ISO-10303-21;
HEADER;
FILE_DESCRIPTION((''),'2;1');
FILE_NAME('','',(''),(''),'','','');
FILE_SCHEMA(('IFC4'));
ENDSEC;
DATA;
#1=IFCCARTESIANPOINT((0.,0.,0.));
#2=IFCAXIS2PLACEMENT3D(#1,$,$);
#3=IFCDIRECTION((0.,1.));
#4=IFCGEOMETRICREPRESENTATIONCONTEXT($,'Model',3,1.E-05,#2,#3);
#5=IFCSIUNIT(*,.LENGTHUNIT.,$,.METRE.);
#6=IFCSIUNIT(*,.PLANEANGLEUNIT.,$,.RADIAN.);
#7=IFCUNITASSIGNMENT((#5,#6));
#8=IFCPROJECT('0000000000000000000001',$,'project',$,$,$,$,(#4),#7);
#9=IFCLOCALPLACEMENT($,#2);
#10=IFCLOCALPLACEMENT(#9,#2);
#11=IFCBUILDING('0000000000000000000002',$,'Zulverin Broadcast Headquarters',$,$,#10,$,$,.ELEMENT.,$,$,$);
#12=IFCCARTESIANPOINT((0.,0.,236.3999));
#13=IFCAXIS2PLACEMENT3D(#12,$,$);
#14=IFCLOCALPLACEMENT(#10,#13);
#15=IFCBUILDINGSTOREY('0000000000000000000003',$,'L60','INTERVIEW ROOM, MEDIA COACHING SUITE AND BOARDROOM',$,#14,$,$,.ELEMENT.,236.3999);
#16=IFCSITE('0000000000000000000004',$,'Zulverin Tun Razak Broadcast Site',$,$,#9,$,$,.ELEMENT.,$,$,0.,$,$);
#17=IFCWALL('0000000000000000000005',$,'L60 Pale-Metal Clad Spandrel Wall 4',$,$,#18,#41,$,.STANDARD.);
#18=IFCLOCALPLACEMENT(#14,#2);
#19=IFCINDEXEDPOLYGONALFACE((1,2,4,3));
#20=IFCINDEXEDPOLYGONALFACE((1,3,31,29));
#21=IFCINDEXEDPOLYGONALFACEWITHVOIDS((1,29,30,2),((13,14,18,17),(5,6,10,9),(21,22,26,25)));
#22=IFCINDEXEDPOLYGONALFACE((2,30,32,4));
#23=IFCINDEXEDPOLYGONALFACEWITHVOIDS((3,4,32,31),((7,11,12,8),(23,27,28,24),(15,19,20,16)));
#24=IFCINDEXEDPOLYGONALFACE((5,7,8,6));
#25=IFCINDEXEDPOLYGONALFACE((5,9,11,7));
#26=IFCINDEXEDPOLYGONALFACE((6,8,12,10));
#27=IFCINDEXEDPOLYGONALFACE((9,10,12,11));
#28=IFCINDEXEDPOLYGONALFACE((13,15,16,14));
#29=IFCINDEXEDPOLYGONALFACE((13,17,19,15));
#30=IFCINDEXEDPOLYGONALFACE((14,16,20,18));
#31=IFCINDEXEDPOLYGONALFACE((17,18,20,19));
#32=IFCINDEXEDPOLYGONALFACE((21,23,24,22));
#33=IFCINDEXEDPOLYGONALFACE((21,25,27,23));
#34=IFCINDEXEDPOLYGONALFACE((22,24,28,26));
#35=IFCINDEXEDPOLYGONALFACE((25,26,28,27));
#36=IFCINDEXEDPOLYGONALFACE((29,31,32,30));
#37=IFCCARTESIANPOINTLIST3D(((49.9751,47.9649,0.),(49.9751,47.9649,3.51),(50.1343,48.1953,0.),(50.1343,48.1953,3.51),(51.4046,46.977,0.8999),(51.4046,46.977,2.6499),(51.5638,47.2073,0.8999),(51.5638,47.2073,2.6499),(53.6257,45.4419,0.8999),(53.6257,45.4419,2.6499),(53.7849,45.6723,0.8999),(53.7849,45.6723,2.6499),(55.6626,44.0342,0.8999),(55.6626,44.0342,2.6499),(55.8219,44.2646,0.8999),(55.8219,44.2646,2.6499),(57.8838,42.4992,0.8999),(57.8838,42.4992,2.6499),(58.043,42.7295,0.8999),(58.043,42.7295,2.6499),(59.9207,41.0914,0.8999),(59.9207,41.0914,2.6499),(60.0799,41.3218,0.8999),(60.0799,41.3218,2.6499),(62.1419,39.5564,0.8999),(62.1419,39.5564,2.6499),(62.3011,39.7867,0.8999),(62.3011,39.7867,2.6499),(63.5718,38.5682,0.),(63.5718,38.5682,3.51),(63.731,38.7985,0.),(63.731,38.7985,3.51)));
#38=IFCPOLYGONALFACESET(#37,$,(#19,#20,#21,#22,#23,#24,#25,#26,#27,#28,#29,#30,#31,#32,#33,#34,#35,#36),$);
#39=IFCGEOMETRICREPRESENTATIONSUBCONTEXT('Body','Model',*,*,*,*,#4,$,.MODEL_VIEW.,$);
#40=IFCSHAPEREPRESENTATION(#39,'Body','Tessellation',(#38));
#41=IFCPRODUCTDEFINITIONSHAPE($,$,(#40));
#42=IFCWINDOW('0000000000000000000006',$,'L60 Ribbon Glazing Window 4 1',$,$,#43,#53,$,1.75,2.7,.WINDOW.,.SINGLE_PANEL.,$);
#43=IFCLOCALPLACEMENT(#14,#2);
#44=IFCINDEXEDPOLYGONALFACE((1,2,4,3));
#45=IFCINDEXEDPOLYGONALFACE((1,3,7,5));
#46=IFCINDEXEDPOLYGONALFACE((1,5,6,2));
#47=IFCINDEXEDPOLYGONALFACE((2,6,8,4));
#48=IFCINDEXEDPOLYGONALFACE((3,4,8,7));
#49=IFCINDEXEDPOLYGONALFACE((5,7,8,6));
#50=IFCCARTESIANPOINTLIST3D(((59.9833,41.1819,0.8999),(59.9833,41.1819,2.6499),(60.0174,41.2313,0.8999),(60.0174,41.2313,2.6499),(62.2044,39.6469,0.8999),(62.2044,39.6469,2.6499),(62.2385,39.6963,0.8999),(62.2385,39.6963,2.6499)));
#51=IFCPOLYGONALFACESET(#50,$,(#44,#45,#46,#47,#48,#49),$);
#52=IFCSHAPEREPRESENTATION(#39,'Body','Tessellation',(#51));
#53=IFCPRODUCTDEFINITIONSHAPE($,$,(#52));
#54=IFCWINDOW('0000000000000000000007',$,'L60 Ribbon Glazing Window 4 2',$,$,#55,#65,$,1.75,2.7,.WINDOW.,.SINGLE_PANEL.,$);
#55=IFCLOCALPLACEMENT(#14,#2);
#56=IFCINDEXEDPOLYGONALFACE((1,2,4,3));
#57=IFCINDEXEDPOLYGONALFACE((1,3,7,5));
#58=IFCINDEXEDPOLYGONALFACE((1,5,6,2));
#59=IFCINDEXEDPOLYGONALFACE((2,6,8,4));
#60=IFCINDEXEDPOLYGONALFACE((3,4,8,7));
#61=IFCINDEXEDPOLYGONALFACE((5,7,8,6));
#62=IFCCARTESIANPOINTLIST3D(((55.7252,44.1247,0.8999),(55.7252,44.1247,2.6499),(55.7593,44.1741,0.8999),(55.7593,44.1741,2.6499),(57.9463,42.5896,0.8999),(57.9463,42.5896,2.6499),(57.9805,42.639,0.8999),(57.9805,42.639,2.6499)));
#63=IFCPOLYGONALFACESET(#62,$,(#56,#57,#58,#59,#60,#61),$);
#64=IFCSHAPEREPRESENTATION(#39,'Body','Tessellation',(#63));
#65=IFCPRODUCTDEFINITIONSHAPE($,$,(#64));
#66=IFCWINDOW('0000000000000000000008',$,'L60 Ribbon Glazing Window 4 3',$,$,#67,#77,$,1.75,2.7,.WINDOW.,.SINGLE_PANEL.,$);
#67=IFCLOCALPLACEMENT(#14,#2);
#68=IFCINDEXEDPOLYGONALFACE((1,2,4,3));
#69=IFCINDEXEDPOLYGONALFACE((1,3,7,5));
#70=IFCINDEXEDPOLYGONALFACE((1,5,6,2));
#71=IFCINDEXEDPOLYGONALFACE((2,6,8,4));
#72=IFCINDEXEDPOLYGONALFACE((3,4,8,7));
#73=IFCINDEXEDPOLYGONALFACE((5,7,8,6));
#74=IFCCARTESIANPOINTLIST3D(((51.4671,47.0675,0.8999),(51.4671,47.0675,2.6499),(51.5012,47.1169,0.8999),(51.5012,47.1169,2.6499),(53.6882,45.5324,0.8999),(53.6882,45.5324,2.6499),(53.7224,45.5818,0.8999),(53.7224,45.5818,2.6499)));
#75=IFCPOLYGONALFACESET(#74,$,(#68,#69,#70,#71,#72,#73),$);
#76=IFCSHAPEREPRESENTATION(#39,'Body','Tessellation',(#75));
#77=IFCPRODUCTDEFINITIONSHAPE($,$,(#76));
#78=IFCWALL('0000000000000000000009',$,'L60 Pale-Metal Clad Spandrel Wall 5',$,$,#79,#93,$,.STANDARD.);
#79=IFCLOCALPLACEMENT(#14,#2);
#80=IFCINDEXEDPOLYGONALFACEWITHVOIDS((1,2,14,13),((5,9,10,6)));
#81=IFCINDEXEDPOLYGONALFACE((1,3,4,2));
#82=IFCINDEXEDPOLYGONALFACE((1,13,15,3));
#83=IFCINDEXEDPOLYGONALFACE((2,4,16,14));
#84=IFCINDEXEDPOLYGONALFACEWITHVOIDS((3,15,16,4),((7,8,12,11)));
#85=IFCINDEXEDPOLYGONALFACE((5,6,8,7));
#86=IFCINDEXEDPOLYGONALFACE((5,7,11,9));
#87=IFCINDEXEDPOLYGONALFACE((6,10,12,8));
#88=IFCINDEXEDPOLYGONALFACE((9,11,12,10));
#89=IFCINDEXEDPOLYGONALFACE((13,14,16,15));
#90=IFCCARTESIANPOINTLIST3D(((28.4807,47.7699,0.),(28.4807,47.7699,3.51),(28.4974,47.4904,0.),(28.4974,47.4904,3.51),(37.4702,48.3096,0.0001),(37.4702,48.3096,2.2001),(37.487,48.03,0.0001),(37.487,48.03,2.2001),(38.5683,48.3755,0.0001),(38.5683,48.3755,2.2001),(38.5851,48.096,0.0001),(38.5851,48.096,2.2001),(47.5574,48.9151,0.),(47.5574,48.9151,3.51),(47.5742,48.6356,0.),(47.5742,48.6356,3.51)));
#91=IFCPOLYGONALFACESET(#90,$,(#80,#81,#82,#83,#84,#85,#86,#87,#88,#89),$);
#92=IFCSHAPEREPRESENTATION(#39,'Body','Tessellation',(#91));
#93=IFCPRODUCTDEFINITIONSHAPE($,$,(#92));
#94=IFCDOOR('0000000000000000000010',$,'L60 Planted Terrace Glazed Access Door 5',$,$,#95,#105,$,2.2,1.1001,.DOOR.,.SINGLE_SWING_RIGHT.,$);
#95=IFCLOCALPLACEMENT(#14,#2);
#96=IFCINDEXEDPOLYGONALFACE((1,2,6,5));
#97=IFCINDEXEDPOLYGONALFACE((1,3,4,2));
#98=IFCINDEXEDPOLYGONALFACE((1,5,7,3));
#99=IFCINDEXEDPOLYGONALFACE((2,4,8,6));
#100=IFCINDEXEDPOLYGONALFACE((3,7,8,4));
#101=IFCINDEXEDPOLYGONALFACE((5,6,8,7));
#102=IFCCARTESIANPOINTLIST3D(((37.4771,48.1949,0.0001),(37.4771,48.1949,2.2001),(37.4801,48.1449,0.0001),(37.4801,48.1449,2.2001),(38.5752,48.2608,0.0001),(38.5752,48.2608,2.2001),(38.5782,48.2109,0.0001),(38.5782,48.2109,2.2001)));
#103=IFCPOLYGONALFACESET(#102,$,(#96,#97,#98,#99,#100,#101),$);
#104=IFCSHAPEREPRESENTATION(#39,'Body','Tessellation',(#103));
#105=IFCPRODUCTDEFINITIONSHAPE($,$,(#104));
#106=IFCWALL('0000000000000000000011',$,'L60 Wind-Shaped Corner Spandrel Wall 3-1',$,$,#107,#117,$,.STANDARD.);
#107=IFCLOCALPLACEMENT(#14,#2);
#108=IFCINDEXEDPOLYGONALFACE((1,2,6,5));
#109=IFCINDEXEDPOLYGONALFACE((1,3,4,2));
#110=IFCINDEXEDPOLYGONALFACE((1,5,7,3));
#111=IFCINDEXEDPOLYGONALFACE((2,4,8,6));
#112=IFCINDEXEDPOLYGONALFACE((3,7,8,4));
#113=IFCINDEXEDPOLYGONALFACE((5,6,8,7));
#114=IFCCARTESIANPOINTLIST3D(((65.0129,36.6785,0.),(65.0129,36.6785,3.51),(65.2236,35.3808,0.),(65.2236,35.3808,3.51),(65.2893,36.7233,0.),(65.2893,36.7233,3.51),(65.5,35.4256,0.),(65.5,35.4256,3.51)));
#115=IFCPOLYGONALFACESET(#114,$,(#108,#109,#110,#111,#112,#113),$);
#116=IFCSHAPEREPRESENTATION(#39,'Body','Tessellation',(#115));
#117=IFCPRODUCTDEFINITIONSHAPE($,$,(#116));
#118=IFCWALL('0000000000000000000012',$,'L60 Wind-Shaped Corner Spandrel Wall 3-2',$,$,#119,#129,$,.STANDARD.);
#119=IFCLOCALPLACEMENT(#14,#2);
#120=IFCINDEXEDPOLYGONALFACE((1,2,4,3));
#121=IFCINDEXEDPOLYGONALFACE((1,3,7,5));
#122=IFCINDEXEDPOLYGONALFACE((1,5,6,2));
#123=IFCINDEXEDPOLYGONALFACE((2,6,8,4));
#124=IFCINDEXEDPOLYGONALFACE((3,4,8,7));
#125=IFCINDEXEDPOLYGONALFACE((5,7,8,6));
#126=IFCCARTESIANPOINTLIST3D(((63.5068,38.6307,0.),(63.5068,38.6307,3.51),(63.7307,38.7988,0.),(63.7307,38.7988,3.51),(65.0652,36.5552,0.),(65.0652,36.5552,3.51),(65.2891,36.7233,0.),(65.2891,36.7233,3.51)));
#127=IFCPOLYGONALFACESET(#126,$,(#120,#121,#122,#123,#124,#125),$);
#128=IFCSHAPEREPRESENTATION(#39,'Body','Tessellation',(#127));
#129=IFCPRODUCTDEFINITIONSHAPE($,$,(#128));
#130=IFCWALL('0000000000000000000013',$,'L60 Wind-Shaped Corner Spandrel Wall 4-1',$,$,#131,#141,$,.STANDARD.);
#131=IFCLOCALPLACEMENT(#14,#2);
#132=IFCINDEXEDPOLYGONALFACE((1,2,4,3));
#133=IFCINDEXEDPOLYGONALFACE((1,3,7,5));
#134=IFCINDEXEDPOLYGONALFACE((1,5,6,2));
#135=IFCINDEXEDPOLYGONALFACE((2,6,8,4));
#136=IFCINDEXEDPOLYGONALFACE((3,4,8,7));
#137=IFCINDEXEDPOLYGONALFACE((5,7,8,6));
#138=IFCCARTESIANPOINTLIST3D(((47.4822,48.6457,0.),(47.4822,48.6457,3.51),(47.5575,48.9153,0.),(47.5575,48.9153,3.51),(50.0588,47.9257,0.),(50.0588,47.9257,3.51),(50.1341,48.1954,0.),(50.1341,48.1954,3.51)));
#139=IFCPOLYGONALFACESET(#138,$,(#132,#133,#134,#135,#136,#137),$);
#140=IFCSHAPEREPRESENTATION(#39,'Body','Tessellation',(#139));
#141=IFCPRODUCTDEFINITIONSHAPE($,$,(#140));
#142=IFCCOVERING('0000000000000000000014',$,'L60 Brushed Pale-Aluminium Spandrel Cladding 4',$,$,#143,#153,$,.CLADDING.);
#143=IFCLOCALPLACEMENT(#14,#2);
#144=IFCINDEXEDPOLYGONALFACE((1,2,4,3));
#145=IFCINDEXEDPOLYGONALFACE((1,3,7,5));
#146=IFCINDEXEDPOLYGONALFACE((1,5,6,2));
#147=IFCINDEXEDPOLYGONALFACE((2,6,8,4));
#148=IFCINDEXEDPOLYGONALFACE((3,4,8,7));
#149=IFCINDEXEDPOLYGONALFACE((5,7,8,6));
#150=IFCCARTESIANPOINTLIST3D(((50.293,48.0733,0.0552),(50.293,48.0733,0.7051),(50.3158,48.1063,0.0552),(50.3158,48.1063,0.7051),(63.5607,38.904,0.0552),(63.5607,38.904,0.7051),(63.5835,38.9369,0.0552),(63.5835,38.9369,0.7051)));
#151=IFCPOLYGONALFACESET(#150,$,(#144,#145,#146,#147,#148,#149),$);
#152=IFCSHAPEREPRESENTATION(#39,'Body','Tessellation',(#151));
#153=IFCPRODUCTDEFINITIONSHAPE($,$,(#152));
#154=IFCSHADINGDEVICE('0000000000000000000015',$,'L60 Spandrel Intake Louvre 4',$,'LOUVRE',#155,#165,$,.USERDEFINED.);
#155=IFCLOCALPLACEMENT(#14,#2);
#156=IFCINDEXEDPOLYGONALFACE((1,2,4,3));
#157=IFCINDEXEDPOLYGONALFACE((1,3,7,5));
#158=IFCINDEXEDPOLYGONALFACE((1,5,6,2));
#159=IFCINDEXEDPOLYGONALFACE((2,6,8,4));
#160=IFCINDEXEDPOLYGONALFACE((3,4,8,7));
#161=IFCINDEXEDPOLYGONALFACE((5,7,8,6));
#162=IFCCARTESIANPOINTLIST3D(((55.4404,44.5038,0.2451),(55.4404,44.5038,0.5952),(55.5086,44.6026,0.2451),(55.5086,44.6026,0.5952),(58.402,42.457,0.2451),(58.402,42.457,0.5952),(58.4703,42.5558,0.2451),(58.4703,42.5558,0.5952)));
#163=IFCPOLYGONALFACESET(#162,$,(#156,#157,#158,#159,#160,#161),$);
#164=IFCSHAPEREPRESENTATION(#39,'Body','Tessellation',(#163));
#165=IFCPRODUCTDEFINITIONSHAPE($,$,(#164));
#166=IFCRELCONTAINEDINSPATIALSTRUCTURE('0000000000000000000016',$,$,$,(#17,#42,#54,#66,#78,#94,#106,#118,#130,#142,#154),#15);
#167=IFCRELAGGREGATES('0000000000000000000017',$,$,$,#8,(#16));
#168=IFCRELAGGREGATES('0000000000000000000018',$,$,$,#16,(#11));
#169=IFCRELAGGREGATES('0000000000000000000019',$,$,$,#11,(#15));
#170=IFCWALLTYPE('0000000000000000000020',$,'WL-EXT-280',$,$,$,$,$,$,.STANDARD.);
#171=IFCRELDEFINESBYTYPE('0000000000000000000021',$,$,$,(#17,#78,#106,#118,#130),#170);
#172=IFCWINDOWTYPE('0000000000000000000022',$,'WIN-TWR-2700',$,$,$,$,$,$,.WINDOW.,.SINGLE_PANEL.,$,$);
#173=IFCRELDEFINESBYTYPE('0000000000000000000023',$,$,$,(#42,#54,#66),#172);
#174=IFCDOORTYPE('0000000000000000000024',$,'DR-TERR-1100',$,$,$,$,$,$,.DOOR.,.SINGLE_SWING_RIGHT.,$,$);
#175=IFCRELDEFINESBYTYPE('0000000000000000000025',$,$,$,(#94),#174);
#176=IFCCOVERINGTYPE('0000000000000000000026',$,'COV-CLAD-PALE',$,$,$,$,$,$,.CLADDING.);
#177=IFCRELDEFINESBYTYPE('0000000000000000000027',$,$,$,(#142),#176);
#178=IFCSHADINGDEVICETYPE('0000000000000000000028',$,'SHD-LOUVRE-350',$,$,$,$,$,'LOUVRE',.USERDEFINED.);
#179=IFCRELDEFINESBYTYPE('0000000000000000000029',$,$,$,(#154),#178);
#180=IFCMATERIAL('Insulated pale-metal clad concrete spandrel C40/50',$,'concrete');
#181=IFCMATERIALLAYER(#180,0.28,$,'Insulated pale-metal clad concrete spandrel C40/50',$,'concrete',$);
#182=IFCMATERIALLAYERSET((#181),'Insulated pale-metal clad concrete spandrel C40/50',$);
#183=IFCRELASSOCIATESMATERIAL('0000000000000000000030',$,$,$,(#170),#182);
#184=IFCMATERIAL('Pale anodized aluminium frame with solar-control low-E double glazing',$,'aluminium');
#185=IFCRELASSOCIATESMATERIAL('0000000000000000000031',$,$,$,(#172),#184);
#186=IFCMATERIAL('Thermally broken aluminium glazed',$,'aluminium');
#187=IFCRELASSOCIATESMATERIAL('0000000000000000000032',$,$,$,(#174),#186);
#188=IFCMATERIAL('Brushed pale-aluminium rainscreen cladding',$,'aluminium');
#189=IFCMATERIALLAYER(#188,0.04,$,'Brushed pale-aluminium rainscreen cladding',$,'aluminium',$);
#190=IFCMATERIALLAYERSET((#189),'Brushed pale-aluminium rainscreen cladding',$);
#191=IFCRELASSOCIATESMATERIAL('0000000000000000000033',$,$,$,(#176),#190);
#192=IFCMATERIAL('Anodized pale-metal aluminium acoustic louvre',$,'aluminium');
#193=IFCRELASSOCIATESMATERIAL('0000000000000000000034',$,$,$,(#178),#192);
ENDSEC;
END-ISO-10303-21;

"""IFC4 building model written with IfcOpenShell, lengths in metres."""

from ifc_helpers import new_model, si_unit, direction, frame, frame_2d, origin, origin_2d, place, context, subcontext, project, spatial, rectangle, extrude, material, layer, layer_set, type_object, element, fill, save


model = new_model("IFC4")

# Units and contexts
model_context = context("Model", 3, precision=1e-05, world=origin(), true_north=direction((0.0, 1.0)))
body_context = subcontext(model_context, "Body", "Model", "MODEL_VIEW")
ifc_project = project(units=[si_unit("LENGTHUNIT", "METRE"), si_unit("PLANEANGLEUNIT", "RADIAN")], contexts=[model_context])

# Site, building, storey
site_placement = place(None, origin())
site = spatial("IfcSite", under=ifc_project, at=site_placement, Name="Zulverin Tun Razak Broadcast Site", CompositionType="ELEMENT", RefElevation=0.0)
building_placement = place(site_placement, origin())
building = spatial("IfcBuilding", under=site, at=building_placement, Name="Zulverin Broadcast Headquarters", CompositionType="ELEMENT")
storey_placement = place(building_placement, frame((0.0, 0.0, 236.3999)))
storey = spatial("IfcBuildingStorey", under=building, at=storey_placement, Name="L60", Description="INTERVIEW ROOM, MEDIA COACHING SUITE AND BOARDROOM", CompositionType="ELEMENT", Elevation=236.3999)

# Wall, openings, windows
ifc_material_1 = material(Name="Insulated pale-metal clad concrete spandrel C40/50", Category="concrete")
ifc_layer_1 = layer(ifc_material_1, 0.28, Name="Insulated pale-metal clad concrete spandrel C40/50", Category="concrete")
ifc_layer_set_1 = layer_set([ifc_layer_1], Name="Insulated pale-metal clad concrete spandrel C40/50")
wall_type = type_object("IfcWallType", Name="WL-EXT-280", PredefinedType="STANDARD", material=ifc_layer_set_1)
wall_1_placement = place(storey_placement, frame((63.6514, 38.6833, 0.0), z_axis=(0.0, 0.0, 1.0), x_axis=(-0.822655, 0.568541, 0.0)))
wall_1 = element("IfcWall", 1, at=wall_1_placement, inside=storey, type_object=wall_type, Name="L60 Pale-Metal Clad Spandrel Wall 4", PredefinedType="STANDARD", context=body_context, shape_type="SweptSolid", body=[
    extrude(rectangle(XDim=16.5278, YDim=0.28, at=frame_2d((8.2639, 0.0))), origin(), (0.0, 0.0, 1.0), 3.51),
])
opening_1_placement = place(wall_1_placement, frame((1.738, 0.0, 0.8999)))
opening_1 = element("IfcOpeningElement", 2, at=opening_1_placement, cuts=wall_1, PredefinedType="OPENING", context=body_context, shape_type="SweptSolid", body=[
    extrude(rectangle(XDim=2.7, YDim=1.75, at=frame_2d((1.3501, 0.875))), frame((0.0, 0.1499, 0.0), z_axis=(0.0, -1.0, 0.0), x_axis=(1.0, 0.0, 0.0)), (0.0, 0.0, 1.0), 0.3),
])
opening_2_placement = place(wall_1_placement, frame((6.9141, 0.0, 0.8999)))
opening_2 = element("IfcOpeningElement", 3, at=opening_2_placement, cuts=wall_1, PredefinedType="OPENING", context=body_context, shape_type="SweptSolid", body=[
    extrude(rectangle(XDim=2.7, YDim=1.75, at=frame_2d((1.3501, 0.875))), frame((0.0, 0.1499, 0.0), z_axis=(0.0, -1.0, 0.0), x_axis=(1.0, 0.0, 0.0)), (0.0, 0.0, 1.0), 0.3),
])
opening_3_placement = place(wall_1_placement, frame((12.0901, 0.0, 0.8999)))
opening_3 = element("IfcOpeningElement", 4, at=opening_3_placement, cuts=wall_1, PredefinedType="OPENING", context=body_context, shape_type="SweptSolid", body=[
    extrude(rectangle(XDim=2.7, YDim=1.75, at=frame_2d((1.3501, 0.875))), frame((0.0, 0.1499, 0.0), z_axis=(0.0, -1.0, 0.0), x_axis=(1.0, 0.0, 0.0)), (0.0, 0.0, 1.0), 0.3),
])
ifc_material_2 = material(Name="Pale anodized aluminium frame with solar-control low-E double glazing", Category="aluminium")
window_type = type_object("IfcWindowType", Name="WIN-TWR-2700", PartitioningType="SINGLE_PANEL", PredefinedType="WINDOW", material=ifc_material_2)
window_1_placement = place(opening_1_placement, origin())
window_1 = element("IfcWindow", 5, at=window_1_placement, inside=storey, type_object=window_type, Name="L60 Ribbon Glazing Window 4 1", OverallHeight=1.75, OverallWidth=2.7, PartitioningType="SINGLE_PANEL", PredefinedType="WINDOW", context=body_context, shape_type="SweptSolid", body=[
    extrude(rectangle(XDim=2.7, YDim=1.75, at=frame_2d((1.3501, 0.875))), frame((0.0, 0.03, 0.0), z_axis=(0.0, -1.0, 0.0), x_axis=(1.0, 0.0, 0.0)), (0.0, 0.0, 1.0), 0.0601),
])
fill(opening_1, window_1)
window_2_placement = place(opening_2_placement, origin())
window_2 = element("IfcWindow", 6, at=window_2_placement, inside=storey, type_object=window_type, Name="L60 Ribbon Glazing Window 4 2", OverallHeight=1.75, OverallWidth=2.7, PartitioningType="SINGLE_PANEL", PredefinedType="WINDOW", context=body_context, shape_type="SweptSolid", body=[
    extrude(rectangle(XDim=2.7, YDim=1.75, at=frame_2d((1.3501, 0.875))), frame((0.0, 0.03, 0.0), z_axis=(0.0, -1.0, 0.0), x_axis=(1.0, 0.0, 0.0)), (0.0, 0.0, 1.0), 0.0601),
])
fill(opening_2, window_2)
window_3_placement = place(opening_3_placement, origin())
window_3 = element("IfcWindow", 7, at=window_3_placement, inside=storey, type_object=window_type, Name="L60 Ribbon Glazing Window 4 3", OverallHeight=1.75, OverallWidth=2.7, PartitioningType="SINGLE_PANEL", PredefinedType="WINDOW", context=body_context, shape_type="SweptSolid", body=[
    extrude(rectangle(XDim=2.7, YDim=1.75, at=frame_2d((1.3501, 0.875))), frame((0.0, 0.03, 0.0), z_axis=(0.0, -1.0, 0.0), x_axis=(1.0, 0.0, 0.0)), (0.0, 0.0, 1.0), 0.0601),
])
fill(opening_3, window_3)

# Wall, opening, door
wall_2_placement = place(storey_placement, frame((47.5659, 48.7754, 0.0), z_axis=(0.0, 0.0, 1.0), x_axis=(-0.998203, -0.059927, 0.0)))
wall_2 = element("IfcWall", 8, at=wall_2_placement, inside=storey, type_object=wall_type, Name="L60 Pale-Metal Clad Spandrel Wall 5", PredefinedType="STANDARD", context=body_context, shape_type="SweptSolid", body=[
    extrude(rectangle(XDim=19.1111, YDim=0.28, at=frame_2d((9.5557, 0.0))), origin(), (0.0, 0.0, 1.0), 3.51),
])
opening_4_placement = place(wall_2_placement, frame((9.0054, 0.0, 0.0)))
opening_4 = element("IfcOpeningElement", 9, at=opening_4_placement, cuts=wall_2, PredefinedType="OPENING", context=body_context, shape_type="SweptSolid", body=[
    extrude(rectangle(XDim=1.1001, YDim=2.2, at=frame_2d((0.55, 1.1001))), frame((0.0, 0.1499, 0.0), z_axis=(0.0, -1.0, 0.0), x_axis=(1.0, 0.0, 0.0)), (0.0, 0.0, 1.0), 0.3),
])
ifc_material_3 = material(Name="Thermally broken aluminium glazed", Category="aluminium")
door_type = type_object("IfcDoorType", Name="DR-TERR-1100", OperationType="SINGLE_SWING_RIGHT", PredefinedType="DOOR", material=ifc_material_3)
door_placement = place(opening_4_placement, origin())
door = element("IfcDoor", 10, at=door_placement, inside=storey, type_object=door_type, Name="L60 Planted Terrace Glazed Access Door 5", OperationType="SINGLE_SWING_RIGHT", OverallHeight=2.2, OverallWidth=1.1001, PredefinedType="DOOR", context=body_context, shape_type="SweptSolid", body=[
    extrude(rectangle(XDim=1.1001, YDim=2.2, at=frame_2d((0.55, 1.1001))), frame((0.0, 0.0249, 0.0), z_axis=(0.0, -1.0, 0.0), x_axis=(1.0, 0.0, 0.0)), (0.0, 0.0, 1.0), 0.05),
])
fill(opening_4, door)

# Walls
wall_3_placement = place(storey_placement, frame((65.3618, 35.4033, 0.0), z_axis=(0.0, 0.0, 1.0), x_axis=(-0.160272, 0.987073, 0.0)))
element("IfcWall", 11, at=wall_3_placement, inside=storey, type_object=wall_type, Name="L60 Wind-Shaped Corner Spandrel Wall 3-1", PredefinedType="STANDARD", context=body_context, shape_type="SweptSolid", body=[
    extrude(rectangle(XDim=1.3147, YDim=0.28, at=frame_2d((0.6572, 0.0))), origin(), (0.0, 0.0, 1.0), 3.51),
])
wall_4_placement = place(storey_placement, frame((65.1772, 36.6392, 0.0), z_axis=(0.0, 0.0, 1.0), x_axis=(-0.600436, 0.799673, 0.0)))
element("IfcWall", 12, at=wall_4_placement, inside=storey, type_object=wall_type, Name="L60 Wind-Shaped Corner Spandrel Wall 3-2", PredefinedType="STANDARD", context=body_context, shape_type="SweptSolid", body=[
    extrude(rectangle(XDim=2.5955, YDim=0.28, at=frame_2d((1.2979, 0.0))), origin(), (0.0, 0.0, 1.0), 3.51),
])
wall_5_placement = place(storey_placement, frame((50.0964, 48.0605, 0.0), z_axis=(0.0, 0.0, 1.0), x_axis=(-0.963109, 0.269112, 0.0)))
element("IfcWall", 13, at=wall_5_placement, inside=storey, type_object=wall_type, Name="L60 Wind-Shaped Corner Spandrel Wall 4-1", PredefinedType="STANDARD", context=body_context, shape_type="SweptSolid", body=[
    extrude(rectangle(XDim=2.6753, YDim=0.28, at=frame_2d((1.3376, 0.0))), origin(), (0.0, 0.0, 1.0), 3.51),
])

# Covering
ifc_material_4 = material(Name="Brushed pale-aluminium rainscreen cladding", Category="aluminium")
ifc_layer_2 = layer(ifc_material_4, 0.04, Name="Brushed pale-aluminium rainscreen cladding", Category="aluminium")
ifc_layer_set_2 = layer_set([ifc_layer_2], Name="Brushed pale-aluminium rainscreen cladding")
covering_type = type_object("IfcCoveringType", Name="COV-CLAD-PALE", PredefinedType="CLADDING", material=ifc_layer_set_2)
covering_placement = place(storey_placement, frame((56.9382, 43.5051, 0.0552), z_axis=(0.0, 0.0, 1.0), x_axis=(-0.822655, 0.56854, 0.0)))
element("IfcCovering", 14, at=covering_placement, inside=storey, type_object=covering_type, Name="L60 Brushed Pale-Aluminium Spandrel Cladding 4", PredefinedType="CLADDING", context=body_context, shape_type="SweptSolid", body=[
    extrude(rectangle(XDim=16.1279, YDim=0.04, at=origin_2d()), origin(), (0.0, 0.0, 1.0), 0.6499),
])

# Shading device
ifc_material_5 = material(Name="Anodized pale-metal aluminium acoustic louvre", Category="aluminium")
shading_device_type_1 = type_object("IfcShadingDeviceType", Name="SHD-LOUVRE-350", ElementType="LOUVRE", PredefinedType="USERDEFINED", material=ifc_material_5)
shading_device_1_placement = place(storey_placement, frame((56.9553, 43.5298, 0.2451), z_axis=(0.0, 0.0, 1.0), x_axis=(-0.822655, 0.56854, 0.0)))
element("IfcShadingDevice", 15, at=shading_device_1_placement, inside=storey, type_object=shading_device_type_1, Name="L60 Spandrel Intake Louvre 4", ObjectType="LOUVRE", PredefinedType="USERDEFINED", context=body_context, shape_type="SweptSolid", body=[
    extrude(rectangle(XDim=3.6001, YDim=0.1201, at=origin_2d()), origin(), (0.0, 0.0, 1.0), 0.3501),
])

save(model, "model.ifc")
